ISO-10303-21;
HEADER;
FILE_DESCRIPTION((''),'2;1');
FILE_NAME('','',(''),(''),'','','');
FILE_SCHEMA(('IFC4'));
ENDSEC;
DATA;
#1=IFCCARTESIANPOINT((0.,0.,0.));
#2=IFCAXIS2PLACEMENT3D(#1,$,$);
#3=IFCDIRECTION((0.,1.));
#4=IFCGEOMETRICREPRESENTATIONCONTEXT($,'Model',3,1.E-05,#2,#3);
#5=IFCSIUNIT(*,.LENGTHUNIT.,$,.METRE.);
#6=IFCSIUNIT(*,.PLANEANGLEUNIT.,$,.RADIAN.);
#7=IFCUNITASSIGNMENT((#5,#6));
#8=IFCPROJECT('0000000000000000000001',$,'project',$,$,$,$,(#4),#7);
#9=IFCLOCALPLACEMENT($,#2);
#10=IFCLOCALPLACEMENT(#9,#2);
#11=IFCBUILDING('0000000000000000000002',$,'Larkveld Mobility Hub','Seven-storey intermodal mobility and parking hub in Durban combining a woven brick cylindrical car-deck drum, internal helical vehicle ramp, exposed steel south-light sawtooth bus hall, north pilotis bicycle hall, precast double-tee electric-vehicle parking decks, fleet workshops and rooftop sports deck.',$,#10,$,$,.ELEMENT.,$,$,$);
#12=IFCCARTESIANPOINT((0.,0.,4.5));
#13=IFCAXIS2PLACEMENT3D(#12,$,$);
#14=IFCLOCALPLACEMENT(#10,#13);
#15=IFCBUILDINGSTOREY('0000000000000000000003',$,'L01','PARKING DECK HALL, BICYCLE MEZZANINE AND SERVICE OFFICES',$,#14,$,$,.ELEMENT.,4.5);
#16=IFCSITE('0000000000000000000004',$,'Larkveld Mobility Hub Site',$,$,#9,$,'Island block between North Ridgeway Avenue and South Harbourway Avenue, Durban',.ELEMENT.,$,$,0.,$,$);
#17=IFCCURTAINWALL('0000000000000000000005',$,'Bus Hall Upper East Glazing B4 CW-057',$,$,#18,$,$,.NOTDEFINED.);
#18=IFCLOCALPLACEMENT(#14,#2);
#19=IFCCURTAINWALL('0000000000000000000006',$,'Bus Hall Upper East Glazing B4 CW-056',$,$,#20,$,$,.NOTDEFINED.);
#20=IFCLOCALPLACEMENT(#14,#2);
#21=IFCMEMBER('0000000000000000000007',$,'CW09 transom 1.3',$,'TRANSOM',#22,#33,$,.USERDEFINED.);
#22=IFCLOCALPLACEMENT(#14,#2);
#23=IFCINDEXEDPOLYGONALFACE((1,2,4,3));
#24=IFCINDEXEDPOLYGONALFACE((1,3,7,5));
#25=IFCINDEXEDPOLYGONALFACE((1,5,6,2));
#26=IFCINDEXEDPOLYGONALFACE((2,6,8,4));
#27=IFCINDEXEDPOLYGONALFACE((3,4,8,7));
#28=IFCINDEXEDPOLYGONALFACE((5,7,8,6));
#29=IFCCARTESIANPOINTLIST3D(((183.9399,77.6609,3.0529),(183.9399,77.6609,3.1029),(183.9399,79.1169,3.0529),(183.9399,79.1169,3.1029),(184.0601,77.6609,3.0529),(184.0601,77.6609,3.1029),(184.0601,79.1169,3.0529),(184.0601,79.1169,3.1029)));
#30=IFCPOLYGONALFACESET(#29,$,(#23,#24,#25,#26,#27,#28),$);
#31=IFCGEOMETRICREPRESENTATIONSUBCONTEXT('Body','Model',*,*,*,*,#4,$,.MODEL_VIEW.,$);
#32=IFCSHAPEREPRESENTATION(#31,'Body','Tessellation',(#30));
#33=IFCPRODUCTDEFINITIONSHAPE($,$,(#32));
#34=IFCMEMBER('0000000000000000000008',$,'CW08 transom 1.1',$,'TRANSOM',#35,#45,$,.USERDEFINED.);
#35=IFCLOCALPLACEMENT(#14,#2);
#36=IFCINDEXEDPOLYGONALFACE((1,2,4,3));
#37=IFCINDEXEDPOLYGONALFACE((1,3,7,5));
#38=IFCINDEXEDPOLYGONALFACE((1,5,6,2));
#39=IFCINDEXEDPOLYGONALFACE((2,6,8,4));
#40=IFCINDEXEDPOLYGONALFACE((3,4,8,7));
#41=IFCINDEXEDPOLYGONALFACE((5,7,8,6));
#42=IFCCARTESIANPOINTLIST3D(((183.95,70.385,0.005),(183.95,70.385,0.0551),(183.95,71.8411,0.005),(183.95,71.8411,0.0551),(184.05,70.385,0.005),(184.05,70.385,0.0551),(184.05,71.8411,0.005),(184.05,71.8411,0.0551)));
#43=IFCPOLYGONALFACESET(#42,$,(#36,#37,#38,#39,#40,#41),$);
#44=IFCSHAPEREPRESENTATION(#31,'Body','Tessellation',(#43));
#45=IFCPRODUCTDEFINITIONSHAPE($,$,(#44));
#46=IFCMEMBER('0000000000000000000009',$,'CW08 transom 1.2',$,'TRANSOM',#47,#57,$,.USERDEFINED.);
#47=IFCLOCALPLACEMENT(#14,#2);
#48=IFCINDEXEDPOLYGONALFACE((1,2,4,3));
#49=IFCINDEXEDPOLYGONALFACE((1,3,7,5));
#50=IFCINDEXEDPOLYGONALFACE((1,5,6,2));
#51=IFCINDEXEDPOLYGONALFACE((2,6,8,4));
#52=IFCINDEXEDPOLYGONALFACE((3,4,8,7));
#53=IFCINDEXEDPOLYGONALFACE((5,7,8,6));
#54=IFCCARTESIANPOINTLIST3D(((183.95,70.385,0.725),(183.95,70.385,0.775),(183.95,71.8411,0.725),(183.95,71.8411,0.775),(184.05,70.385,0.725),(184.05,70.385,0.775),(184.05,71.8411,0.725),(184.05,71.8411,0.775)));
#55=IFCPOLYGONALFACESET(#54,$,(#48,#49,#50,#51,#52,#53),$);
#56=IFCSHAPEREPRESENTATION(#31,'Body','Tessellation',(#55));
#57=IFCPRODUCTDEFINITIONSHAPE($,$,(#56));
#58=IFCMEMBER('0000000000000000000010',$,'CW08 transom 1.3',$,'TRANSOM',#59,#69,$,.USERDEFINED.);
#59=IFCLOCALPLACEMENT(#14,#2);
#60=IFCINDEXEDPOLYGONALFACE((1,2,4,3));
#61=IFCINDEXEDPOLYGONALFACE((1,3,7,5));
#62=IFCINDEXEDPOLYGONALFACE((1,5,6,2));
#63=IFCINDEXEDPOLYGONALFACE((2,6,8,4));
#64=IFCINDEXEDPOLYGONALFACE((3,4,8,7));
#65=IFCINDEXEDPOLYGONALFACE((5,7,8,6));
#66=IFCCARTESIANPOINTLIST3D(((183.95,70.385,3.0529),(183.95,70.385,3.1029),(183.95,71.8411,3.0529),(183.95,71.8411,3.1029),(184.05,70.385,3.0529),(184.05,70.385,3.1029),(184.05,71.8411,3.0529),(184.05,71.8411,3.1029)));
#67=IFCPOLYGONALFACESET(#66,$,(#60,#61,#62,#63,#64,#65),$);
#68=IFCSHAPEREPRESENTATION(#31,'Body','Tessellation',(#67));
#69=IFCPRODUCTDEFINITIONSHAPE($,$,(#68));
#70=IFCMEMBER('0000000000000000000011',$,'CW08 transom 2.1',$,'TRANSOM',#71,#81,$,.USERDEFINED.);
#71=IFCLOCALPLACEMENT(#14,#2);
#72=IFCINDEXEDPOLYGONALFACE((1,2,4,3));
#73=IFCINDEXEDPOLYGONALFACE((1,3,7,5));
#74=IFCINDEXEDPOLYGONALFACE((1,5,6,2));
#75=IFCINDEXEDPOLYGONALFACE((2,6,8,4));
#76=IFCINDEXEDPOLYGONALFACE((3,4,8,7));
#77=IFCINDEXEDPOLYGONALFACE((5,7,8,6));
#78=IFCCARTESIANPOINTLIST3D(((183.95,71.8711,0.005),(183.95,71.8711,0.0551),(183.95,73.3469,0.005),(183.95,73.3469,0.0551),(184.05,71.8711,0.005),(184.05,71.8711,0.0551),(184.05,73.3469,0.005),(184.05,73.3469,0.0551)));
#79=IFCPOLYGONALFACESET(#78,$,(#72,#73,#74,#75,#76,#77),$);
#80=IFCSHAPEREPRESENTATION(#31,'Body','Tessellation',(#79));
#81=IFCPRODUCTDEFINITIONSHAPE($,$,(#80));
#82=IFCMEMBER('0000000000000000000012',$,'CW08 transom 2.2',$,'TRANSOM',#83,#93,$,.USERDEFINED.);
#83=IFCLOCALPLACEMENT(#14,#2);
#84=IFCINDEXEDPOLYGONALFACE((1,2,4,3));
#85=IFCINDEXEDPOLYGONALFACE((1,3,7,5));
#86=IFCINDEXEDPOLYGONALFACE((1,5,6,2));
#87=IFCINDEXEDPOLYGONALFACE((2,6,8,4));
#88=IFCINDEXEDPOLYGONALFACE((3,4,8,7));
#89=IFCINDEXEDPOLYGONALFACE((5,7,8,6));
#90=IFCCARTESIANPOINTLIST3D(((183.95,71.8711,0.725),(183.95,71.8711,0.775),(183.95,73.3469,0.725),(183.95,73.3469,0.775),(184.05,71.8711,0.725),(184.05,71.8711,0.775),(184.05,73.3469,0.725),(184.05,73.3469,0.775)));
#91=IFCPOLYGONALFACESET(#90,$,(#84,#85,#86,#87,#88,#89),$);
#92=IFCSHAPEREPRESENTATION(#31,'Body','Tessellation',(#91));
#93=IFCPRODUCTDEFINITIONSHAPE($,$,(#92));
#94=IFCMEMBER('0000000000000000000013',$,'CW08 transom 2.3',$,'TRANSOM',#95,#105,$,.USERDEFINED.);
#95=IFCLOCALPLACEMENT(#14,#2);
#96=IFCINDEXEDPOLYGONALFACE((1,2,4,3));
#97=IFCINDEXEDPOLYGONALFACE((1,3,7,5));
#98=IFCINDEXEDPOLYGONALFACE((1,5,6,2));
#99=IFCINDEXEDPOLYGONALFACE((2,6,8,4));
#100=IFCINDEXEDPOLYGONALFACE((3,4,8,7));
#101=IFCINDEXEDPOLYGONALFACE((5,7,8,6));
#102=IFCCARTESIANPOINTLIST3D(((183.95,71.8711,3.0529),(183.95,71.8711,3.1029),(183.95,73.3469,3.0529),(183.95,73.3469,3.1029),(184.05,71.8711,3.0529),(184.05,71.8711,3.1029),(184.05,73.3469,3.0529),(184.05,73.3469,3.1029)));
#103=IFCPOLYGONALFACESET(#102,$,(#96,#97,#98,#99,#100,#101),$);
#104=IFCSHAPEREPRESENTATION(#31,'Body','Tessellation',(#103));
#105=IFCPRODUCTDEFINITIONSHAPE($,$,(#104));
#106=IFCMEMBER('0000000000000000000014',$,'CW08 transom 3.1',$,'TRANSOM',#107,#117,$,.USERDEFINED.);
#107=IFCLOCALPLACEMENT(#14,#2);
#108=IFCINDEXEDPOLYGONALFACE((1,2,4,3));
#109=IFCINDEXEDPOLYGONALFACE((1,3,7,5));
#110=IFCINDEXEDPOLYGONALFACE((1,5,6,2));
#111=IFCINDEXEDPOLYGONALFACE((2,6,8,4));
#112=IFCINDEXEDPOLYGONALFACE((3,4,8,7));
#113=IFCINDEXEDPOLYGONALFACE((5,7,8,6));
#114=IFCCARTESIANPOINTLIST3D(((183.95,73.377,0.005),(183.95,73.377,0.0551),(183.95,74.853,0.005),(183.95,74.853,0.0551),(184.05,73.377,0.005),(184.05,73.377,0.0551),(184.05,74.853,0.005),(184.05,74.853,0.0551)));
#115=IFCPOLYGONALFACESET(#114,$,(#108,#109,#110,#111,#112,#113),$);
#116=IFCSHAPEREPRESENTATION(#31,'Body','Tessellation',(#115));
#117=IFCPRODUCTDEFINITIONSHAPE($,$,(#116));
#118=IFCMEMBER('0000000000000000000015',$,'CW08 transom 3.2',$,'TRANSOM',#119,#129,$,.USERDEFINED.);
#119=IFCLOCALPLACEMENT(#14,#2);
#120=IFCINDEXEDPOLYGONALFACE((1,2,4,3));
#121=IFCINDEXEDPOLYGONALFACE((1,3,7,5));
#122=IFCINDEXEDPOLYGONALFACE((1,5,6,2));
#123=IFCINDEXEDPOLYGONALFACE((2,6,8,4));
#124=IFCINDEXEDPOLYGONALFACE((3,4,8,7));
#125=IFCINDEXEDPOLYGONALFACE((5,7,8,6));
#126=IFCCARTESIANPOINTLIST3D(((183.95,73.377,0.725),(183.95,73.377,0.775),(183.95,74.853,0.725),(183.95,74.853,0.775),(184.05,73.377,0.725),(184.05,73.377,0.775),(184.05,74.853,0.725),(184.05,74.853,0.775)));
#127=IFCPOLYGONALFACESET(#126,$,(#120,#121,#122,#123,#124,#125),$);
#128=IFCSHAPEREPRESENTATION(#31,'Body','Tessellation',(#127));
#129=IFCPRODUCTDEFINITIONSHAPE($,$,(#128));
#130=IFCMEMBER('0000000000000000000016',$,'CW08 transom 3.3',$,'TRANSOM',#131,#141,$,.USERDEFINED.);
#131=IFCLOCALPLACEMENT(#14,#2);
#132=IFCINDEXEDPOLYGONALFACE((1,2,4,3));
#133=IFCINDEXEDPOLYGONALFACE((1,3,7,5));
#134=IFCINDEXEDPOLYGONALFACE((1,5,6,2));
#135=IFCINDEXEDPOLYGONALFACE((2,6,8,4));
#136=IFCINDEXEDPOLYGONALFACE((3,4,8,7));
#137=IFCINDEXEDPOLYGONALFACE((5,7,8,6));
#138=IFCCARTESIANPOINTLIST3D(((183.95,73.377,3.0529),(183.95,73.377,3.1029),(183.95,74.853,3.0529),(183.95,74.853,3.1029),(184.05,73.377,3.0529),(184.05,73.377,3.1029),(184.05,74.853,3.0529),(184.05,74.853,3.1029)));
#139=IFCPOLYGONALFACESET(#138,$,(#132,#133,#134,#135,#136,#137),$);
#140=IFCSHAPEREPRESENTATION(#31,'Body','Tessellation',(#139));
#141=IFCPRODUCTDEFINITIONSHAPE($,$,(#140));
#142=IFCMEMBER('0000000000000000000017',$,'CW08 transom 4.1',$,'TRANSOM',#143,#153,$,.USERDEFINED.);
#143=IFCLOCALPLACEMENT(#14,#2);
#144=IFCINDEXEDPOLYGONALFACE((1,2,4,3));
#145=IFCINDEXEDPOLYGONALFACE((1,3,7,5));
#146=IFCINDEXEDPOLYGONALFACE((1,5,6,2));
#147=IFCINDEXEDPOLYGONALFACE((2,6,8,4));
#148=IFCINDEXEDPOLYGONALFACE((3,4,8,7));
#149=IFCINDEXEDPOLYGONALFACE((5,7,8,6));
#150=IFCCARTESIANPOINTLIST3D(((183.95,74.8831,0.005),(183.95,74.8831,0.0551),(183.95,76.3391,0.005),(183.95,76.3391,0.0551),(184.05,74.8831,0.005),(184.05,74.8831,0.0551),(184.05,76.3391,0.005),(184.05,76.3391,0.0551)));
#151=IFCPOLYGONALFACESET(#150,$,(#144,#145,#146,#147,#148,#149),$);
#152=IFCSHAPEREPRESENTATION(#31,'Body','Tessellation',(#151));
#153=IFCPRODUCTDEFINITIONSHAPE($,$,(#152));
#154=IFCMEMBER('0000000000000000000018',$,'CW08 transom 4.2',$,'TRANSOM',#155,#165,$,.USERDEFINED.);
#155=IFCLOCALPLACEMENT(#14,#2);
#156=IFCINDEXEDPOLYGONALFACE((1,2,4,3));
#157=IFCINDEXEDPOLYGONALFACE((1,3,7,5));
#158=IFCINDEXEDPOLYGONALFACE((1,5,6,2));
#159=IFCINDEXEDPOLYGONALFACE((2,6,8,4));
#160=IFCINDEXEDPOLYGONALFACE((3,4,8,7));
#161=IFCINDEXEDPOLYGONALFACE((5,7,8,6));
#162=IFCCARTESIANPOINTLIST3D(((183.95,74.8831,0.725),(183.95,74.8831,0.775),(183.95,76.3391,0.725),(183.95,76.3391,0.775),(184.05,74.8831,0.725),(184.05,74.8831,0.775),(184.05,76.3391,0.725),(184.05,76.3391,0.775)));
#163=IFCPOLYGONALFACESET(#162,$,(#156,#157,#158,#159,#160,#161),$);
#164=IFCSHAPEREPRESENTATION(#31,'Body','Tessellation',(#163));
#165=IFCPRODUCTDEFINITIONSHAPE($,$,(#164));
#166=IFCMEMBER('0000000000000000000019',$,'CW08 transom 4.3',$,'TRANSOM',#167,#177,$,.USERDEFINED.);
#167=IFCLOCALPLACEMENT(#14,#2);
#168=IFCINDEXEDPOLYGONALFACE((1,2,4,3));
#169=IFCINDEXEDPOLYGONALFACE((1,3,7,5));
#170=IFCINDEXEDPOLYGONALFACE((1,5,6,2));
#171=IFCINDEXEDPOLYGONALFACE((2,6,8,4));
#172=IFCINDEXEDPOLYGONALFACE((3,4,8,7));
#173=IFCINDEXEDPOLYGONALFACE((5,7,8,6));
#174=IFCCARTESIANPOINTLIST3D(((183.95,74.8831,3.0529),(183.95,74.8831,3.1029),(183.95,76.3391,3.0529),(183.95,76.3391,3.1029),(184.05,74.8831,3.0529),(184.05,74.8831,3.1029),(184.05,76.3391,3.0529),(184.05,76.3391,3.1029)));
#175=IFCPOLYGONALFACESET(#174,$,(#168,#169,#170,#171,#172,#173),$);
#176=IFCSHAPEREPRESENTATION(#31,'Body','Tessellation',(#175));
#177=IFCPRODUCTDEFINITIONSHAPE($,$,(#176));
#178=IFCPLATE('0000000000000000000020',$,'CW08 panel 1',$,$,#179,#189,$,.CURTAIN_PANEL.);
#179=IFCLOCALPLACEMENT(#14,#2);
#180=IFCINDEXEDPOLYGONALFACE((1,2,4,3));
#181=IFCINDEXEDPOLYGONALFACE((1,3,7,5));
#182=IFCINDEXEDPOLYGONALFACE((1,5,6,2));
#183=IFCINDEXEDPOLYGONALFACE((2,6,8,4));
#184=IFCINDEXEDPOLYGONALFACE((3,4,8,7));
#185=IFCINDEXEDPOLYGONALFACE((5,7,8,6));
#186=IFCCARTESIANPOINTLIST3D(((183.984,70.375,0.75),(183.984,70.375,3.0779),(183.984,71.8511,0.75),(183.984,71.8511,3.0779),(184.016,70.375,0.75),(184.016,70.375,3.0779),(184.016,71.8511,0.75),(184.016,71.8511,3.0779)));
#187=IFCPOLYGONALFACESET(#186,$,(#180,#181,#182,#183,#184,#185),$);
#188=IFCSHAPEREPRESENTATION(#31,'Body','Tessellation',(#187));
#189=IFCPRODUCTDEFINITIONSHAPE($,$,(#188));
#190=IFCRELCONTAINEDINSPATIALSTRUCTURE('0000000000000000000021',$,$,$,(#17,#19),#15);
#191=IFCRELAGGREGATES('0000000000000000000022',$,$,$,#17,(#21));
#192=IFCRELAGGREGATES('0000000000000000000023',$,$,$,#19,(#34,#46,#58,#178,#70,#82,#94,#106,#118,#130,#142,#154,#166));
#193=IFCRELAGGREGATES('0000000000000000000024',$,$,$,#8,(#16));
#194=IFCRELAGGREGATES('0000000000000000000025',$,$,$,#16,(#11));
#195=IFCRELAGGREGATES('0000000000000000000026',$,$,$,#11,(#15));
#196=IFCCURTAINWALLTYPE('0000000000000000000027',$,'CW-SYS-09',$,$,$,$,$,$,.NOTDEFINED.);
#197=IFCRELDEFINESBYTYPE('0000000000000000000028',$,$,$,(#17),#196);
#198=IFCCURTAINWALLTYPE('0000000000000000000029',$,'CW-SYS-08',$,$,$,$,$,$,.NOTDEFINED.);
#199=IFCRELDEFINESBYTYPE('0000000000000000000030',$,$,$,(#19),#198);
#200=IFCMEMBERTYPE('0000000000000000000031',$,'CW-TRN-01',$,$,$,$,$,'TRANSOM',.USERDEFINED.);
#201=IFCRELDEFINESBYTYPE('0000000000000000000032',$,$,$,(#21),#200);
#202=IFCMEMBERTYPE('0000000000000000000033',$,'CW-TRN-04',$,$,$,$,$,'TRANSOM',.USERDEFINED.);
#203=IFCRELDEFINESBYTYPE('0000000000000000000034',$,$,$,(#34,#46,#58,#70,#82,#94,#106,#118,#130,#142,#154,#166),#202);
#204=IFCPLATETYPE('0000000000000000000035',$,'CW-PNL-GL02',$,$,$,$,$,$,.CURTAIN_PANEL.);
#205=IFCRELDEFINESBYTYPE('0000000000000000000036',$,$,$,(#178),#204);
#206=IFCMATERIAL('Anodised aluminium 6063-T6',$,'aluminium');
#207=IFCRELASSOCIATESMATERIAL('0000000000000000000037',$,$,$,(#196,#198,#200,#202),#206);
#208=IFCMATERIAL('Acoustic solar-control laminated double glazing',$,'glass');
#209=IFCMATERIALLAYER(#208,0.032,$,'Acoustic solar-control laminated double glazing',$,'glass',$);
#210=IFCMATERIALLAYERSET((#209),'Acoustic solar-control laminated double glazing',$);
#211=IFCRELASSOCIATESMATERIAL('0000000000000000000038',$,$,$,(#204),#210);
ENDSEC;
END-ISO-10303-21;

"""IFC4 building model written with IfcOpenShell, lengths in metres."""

from ifc_helpers import new_model, si_unit, direction, frame, origin, origin_2d, place, context, subcontext, project, spatial, rectangle, extrude, material, layer, layer_set, material_profile, profile_set, type_object, element, aggregate, save


model = new_model("IFC4")

# Units and contexts
model_context = context("Model", 3, precision=1e-05, world=origin(), true_north=direction((0.0, 1.0)))
body_context = subcontext(model_context, "Body", "Model", "MODEL_VIEW")
ifc_project = project(units=[si_unit("LENGTHUNIT", "METRE"), si_unit("PLANEANGLEUNIT", "RADIAN")], contexts=[model_context])

# Site, building, storey
site_placement = place(None, origin())
site = spatial("IfcSite", under=ifc_project, at=site_placement, Name="Larkveld Mobility Hub Site", LongName="Island block between North Ridgeway Avenue and South Harbourway Avenue, Durban", CompositionType="ELEMENT", RefElevation=0.0)
building_placement = place(site_placement, origin())
building = spatial("IfcBuilding", under=site, at=building_placement, Name="Larkveld Mobility Hub", Description="Seven-storey intermodal mobility and parking hub in Durban combining a woven brick cylindrical car-deck drum, internal helical vehicle ramp, exposed steel south-light sawtooth bus hall, north pilotis bicycle hall, precast double-tee electric-vehicle parking decks, fleet workshops and rooftop sports deck.", CompositionType="ELEMENT")
storey_placement = place(building_placement, frame((0.0, 0.0, 4.5)))
storey = spatial("IfcBuildingStorey", under=building, at=storey_placement, Name="L01", Description="PARKING DECK HALL, BICYCLE MEZZANINE AND SERVICE OFFICES", CompositionType="ELEMENT", Elevation=4.5)

# Curtain wall
ifc_material_1 = material(Name="Anodised aluminium 6063-T6", Category="aluminium")
curtain_wall_type_1 = type_object("IfcCurtainWallType", Name="CW-SYS-09", PredefinedType="NOTDEFINED", material=ifc_material_1)
curtain_wall_1_placement = place(storey_placement, origin())
curtain_wall_1 = element("IfcCurtainWall", 1, at=curtain_wall_1_placement, inside=storey, type_object=curtain_wall_type_1, Name="Bus Hall Upper East Glazing B4 CW-057", PredefinedType="NOTDEFINED")

# Curtain wall
curtain_wall_type_2 = type_object("IfcCurtainWallType", Name="CW-SYS-08", PredefinedType="NOTDEFINED", material=ifc_material_1)
curtain_wall_2_placement = place(storey_placement, origin())
curtain_wall_2 = element("IfcCurtainWall", 2, at=curtain_wall_2_placement, inside=storey, type_object=curtain_wall_type_2, Name="Bus Hall Upper East Glazing B4 CW-056", PredefinedType="NOTDEFINED")

# Members
ifc_material_profile_1 = material_profile(ifc_material_1, rectangle(XDim=0.1201, YDim=0.05, at=origin_2d()), Name="ALU TRAN 50x120")
ifc_profile_set_1 = profile_set([ifc_material_profile_1], Name="Anodised aluminium 6063-T6")
member_type_1 = type_object("IfcMemberType", Name="CW-TRN-01", ElementType="TRANSOM", PredefinedType="USERDEFINED", material=ifc_profile_set_1)
member_1_placement = place(storey_placement, frame((184.0, 77.6609, 3.0779), z_axis=(0.0, 1.0, 0.0), x_axis=(-1.0, 0.0, 0.0)))
member_1 = element("IfcMember", 3, at=member_1_placement, type_object=member_type_1, Name="CW09 transom 1.3", ObjectType="TRANSOM", PredefinedType="USERDEFINED", context=body_context, shape_type="SweptSolid", body=[
    extrude(rectangle(XDim=0.1201, YDim=0.05, at=origin_2d()), origin(), (0.0, 0.0, 1.0), 1.4561),
])
aggregate(curtain_wall_1, [member_1])
ifc_material_profile_2 = material_profile(ifc_material_1, rectangle(XDim=0.1001, YDim=0.05, at=origin_2d()), Name="ALU TRAN 50x100")
ifc_profile_set_2 = profile_set([ifc_material_profile_2], Name="Anodised aluminium 6063-T6")
member_type_2 = type_object("IfcMemberType", Name="CW-TRN-04", ElementType="TRANSOM", PredefinedType="USERDEFINED", material=ifc_profile_set_2)
member_2_placement = place(storey_placement, frame((184.0, 70.385, 0.03), z_axis=(0.0, 1.0, 0.0), x_axis=(-1.0, 0.0, 0.0)))
member_2 = element("IfcMember", 4, at=member_2_placement, type_object=member_type_2, Name="CW08 transom 1.1", ObjectType="TRANSOM", PredefinedType="USERDEFINED", context=body_context, shape_type="SweptSolid", body=[
    extrude(rectangle(XDim=0.1001, YDim=0.05, at=origin_2d()), origin(), (0.0, 0.0, 1.0), 1.4561),
])
member_3_placement = place(storey_placement, frame((184.0, 70.385, 0.75), z_axis=(0.0, 1.0, 0.0), x_axis=(-1.0, 0.0, 0.0)))
member_3 = element("IfcMember", 5, at=member_3_placement, type_object=member_type_2, Name="CW08 transom 1.2", ObjectType="TRANSOM", PredefinedType="USERDEFINED", context=body_context, shape_type="SweptSolid", body=[
    extrude(rectangle(XDim=0.1001, YDim=0.05, at=origin_2d()), origin(), (0.0, 0.0, 1.0), 1.4561),
])
member_4_placement = place(storey_placement, frame((184.0, 70.385, 3.0779), z_axis=(0.0, 1.0, 0.0), x_axis=(-1.0, 0.0, 0.0)))
member_4 = element("IfcMember", 6, at=member_4_placement, type_object=member_type_2, Name="CW08 transom 1.3", ObjectType="TRANSOM", PredefinedType="USERDEFINED", context=body_context, shape_type="SweptSolid", body=[
    extrude(rectangle(XDim=0.1001, YDim=0.05, at=origin_2d()), origin(), (0.0, 0.0, 1.0), 1.4561),
])
member_5_placement = place(storey_placement, frame((184.0, 71.8711, 0.03), z_axis=(0.0, 1.0, 0.0), x_axis=(-1.0, 0.0, 0.0)))
member_5 = element("IfcMember", 7, at=member_5_placement, type_object=member_type_2, Name="CW08 transom 2.1", ObjectType="TRANSOM", PredefinedType="USERDEFINED", context=body_context, shape_type="SweptSolid", body=[
    extrude(rectangle(XDim=0.1001, YDim=0.05, at=origin_2d()), origin(), (0.0, 0.0, 1.0), 1.4758),
])
member_6_placement = place(storey_placement, frame((184.0, 71.8711, 0.75), z_axis=(0.0, 1.0, 0.0), x_axis=(-1.0, 0.0, 0.0)))
member_6 = element("IfcMember", 8, at=member_6_placement, type_object=member_type_2, Name="CW08 transom 2.2", ObjectType="TRANSOM", PredefinedType="USERDEFINED", context=body_context, shape_type="SweptSolid", body=[
    extrude(rectangle(XDim=0.1001, YDim=0.05, at=origin_2d()), origin(), (0.0, 0.0, 1.0), 1.4758),
])
member_7_placement = place(storey_placement, frame((184.0, 71.8711, 3.0779), z_axis=(0.0, 1.0, 0.0), x_axis=(-1.0, 0.0, 0.0)))
member_7 = element("IfcMember", 9, at=member_7_placement, type_object=member_type_2, Name="CW08 transom 2.3", ObjectType="TRANSOM", PredefinedType="USERDEFINED", context=body_context, shape_type="SweptSolid", body=[
    extrude(rectangle(XDim=0.1001, YDim=0.05, at=origin_2d()), origin(), (0.0, 0.0, 1.0), 1.4758),
])
member_8_placement = place(storey_placement, frame((184.0, 73.377, 0.03), z_axis=(0.0, 1.0, 0.0), x_axis=(-1.0, 0.0, 0.0)))
member_8 = element("IfcMember", 10, at=member_8_placement, type_object=member_type_2, Name="CW08 transom 3.1", ObjectType="TRANSOM", PredefinedType="USERDEFINED", context=body_context, shape_type="SweptSolid", body=[
    extrude(rectangle(XDim=0.1001, YDim=0.05, at=origin_2d()), origin(), (0.0, 0.0, 1.0), 1.4761),
])
member_9_placement = place(storey_placement, frame((184.0, 73.377, 0.75), z_axis=(0.0, 1.0, 0.0), x_axis=(-1.0, 0.0, 0.0)))
member_9 = element("IfcMember", 11, at=member_9_placement, type_object=member_type_2, Name="CW08 transom 3.2", ObjectType="TRANSOM", PredefinedType="USERDEFINED", context=body_context, shape_type="SweptSolid", body=[
    extrude(rectangle(XDim=0.1001, YDim=0.05, at=origin_2d()), origin(), (0.0, 0.0, 1.0), 1.4761),
])
member_10_placement = place(storey_placement, frame((184.0, 73.377, 3.0779), z_axis=(0.0, 1.0, 0.0), x_axis=(-1.0, 0.0, 0.0)))
member_10 = element("IfcMember", 12, at=member_10_placement, type_object=member_type_2, Name="CW08 transom 3.3", ObjectType="TRANSOM", PredefinedType="USERDEFINED", context=body_context, shape_type="SweptSolid", body=[
    extrude(rectangle(XDim=0.1001, YDim=0.05, at=origin_2d()), origin(), (0.0, 0.0, 1.0), 1.4761),
])
member_11_placement = place(storey_placement, frame((184.0, 74.8831, 0.03), z_axis=(0.0, 1.0, 0.0), x_axis=(-1.0, 0.0, 0.0)))
member_11 = element("IfcMember", 13, at=member_11_placement, type_object=member_type_2, Name="CW08 transom 4.1", ObjectType="TRANSOM", PredefinedType="USERDEFINED", context=body_context, shape_type="SweptSolid", body=[
    extrude(rectangle(XDim=0.1001, YDim=0.05, at=origin_2d()), origin(), (0.0, 0.0, 1.0), 1.4561),
])
member_12_placement = place(storey_placement, frame((184.0, 74.8831, 0.75), z_axis=(0.0, 1.0, 0.0), x_axis=(-1.0, 0.0, 0.0)))
member_12 = element("IfcMember", 14, at=member_12_placement, type_object=member_type_2, Name="CW08 transom 4.2", ObjectType="TRANSOM", PredefinedType="USERDEFINED", context=body_context, shape_type="SweptSolid", body=[
    extrude(rectangle(XDim=0.1001, YDim=0.05, at=origin_2d()), origin(), (0.0, 0.0, 1.0), 1.4561),
])
member_13_placement = place(storey_placement, frame((184.0, 74.8831, 3.0779), z_axis=(0.0, 1.0, 0.0), x_axis=(-1.0, 0.0, 0.0)))
member_13 = element("IfcMember", 15, at=member_13_placement, type_object=member_type_2, Name="CW08 transom 4.3", ObjectType="TRANSOM", PredefinedType="USERDEFINED", context=body_context, shape_type="SweptSolid", body=[
    extrude(rectangle(XDim=0.1001, YDim=0.05, at=origin_2d()), origin(), (0.0, 0.0, 1.0), 1.4561),
])

# Plate
ifc_material_2 = material(Name="Acoustic solar-control laminated double glazing", Category="glass")
ifc_layer_1 = layer(ifc_material_2, 0.032, Name="Acoustic solar-control laminated double glazing", Category="glass")
ifc_layer_set_1 = layer_set([ifc_layer_1], Name="Acoustic solar-control laminated double glazing")
plate_type_1 = type_object("IfcPlateType", Name="CW-PNL-GL02", PredefinedType="CURTAIN_PANEL", material=ifc_layer_set_1)
plate_1_placement = place(storey_placement, frame((184.0, 71.113, 0.75), z_axis=(0.0, 0.0, 1.0), x_axis=(0.0, 1.0, 0.0)))
plate_1 = element("IfcPlate", 16, at=plate_1_placement, type_object=plate_type_1, Name="CW08 panel 1", PredefinedType="CURTAIN_PANEL", context=body_context, shape_type="SweptSolid", body=[
    extrude(rectangle(XDim=1.4761, YDim=0.032, at=origin_2d()), origin(), (0.0, 0.0, 1.0), 2.3279),
])
aggregate(curtain_wall_2, [member_2, member_3, member_4, plate_1, member_5, member_6, member_7, member_8, member_9, member_10, member_11, member_12, member_13])

save(model, "model.ifc")
